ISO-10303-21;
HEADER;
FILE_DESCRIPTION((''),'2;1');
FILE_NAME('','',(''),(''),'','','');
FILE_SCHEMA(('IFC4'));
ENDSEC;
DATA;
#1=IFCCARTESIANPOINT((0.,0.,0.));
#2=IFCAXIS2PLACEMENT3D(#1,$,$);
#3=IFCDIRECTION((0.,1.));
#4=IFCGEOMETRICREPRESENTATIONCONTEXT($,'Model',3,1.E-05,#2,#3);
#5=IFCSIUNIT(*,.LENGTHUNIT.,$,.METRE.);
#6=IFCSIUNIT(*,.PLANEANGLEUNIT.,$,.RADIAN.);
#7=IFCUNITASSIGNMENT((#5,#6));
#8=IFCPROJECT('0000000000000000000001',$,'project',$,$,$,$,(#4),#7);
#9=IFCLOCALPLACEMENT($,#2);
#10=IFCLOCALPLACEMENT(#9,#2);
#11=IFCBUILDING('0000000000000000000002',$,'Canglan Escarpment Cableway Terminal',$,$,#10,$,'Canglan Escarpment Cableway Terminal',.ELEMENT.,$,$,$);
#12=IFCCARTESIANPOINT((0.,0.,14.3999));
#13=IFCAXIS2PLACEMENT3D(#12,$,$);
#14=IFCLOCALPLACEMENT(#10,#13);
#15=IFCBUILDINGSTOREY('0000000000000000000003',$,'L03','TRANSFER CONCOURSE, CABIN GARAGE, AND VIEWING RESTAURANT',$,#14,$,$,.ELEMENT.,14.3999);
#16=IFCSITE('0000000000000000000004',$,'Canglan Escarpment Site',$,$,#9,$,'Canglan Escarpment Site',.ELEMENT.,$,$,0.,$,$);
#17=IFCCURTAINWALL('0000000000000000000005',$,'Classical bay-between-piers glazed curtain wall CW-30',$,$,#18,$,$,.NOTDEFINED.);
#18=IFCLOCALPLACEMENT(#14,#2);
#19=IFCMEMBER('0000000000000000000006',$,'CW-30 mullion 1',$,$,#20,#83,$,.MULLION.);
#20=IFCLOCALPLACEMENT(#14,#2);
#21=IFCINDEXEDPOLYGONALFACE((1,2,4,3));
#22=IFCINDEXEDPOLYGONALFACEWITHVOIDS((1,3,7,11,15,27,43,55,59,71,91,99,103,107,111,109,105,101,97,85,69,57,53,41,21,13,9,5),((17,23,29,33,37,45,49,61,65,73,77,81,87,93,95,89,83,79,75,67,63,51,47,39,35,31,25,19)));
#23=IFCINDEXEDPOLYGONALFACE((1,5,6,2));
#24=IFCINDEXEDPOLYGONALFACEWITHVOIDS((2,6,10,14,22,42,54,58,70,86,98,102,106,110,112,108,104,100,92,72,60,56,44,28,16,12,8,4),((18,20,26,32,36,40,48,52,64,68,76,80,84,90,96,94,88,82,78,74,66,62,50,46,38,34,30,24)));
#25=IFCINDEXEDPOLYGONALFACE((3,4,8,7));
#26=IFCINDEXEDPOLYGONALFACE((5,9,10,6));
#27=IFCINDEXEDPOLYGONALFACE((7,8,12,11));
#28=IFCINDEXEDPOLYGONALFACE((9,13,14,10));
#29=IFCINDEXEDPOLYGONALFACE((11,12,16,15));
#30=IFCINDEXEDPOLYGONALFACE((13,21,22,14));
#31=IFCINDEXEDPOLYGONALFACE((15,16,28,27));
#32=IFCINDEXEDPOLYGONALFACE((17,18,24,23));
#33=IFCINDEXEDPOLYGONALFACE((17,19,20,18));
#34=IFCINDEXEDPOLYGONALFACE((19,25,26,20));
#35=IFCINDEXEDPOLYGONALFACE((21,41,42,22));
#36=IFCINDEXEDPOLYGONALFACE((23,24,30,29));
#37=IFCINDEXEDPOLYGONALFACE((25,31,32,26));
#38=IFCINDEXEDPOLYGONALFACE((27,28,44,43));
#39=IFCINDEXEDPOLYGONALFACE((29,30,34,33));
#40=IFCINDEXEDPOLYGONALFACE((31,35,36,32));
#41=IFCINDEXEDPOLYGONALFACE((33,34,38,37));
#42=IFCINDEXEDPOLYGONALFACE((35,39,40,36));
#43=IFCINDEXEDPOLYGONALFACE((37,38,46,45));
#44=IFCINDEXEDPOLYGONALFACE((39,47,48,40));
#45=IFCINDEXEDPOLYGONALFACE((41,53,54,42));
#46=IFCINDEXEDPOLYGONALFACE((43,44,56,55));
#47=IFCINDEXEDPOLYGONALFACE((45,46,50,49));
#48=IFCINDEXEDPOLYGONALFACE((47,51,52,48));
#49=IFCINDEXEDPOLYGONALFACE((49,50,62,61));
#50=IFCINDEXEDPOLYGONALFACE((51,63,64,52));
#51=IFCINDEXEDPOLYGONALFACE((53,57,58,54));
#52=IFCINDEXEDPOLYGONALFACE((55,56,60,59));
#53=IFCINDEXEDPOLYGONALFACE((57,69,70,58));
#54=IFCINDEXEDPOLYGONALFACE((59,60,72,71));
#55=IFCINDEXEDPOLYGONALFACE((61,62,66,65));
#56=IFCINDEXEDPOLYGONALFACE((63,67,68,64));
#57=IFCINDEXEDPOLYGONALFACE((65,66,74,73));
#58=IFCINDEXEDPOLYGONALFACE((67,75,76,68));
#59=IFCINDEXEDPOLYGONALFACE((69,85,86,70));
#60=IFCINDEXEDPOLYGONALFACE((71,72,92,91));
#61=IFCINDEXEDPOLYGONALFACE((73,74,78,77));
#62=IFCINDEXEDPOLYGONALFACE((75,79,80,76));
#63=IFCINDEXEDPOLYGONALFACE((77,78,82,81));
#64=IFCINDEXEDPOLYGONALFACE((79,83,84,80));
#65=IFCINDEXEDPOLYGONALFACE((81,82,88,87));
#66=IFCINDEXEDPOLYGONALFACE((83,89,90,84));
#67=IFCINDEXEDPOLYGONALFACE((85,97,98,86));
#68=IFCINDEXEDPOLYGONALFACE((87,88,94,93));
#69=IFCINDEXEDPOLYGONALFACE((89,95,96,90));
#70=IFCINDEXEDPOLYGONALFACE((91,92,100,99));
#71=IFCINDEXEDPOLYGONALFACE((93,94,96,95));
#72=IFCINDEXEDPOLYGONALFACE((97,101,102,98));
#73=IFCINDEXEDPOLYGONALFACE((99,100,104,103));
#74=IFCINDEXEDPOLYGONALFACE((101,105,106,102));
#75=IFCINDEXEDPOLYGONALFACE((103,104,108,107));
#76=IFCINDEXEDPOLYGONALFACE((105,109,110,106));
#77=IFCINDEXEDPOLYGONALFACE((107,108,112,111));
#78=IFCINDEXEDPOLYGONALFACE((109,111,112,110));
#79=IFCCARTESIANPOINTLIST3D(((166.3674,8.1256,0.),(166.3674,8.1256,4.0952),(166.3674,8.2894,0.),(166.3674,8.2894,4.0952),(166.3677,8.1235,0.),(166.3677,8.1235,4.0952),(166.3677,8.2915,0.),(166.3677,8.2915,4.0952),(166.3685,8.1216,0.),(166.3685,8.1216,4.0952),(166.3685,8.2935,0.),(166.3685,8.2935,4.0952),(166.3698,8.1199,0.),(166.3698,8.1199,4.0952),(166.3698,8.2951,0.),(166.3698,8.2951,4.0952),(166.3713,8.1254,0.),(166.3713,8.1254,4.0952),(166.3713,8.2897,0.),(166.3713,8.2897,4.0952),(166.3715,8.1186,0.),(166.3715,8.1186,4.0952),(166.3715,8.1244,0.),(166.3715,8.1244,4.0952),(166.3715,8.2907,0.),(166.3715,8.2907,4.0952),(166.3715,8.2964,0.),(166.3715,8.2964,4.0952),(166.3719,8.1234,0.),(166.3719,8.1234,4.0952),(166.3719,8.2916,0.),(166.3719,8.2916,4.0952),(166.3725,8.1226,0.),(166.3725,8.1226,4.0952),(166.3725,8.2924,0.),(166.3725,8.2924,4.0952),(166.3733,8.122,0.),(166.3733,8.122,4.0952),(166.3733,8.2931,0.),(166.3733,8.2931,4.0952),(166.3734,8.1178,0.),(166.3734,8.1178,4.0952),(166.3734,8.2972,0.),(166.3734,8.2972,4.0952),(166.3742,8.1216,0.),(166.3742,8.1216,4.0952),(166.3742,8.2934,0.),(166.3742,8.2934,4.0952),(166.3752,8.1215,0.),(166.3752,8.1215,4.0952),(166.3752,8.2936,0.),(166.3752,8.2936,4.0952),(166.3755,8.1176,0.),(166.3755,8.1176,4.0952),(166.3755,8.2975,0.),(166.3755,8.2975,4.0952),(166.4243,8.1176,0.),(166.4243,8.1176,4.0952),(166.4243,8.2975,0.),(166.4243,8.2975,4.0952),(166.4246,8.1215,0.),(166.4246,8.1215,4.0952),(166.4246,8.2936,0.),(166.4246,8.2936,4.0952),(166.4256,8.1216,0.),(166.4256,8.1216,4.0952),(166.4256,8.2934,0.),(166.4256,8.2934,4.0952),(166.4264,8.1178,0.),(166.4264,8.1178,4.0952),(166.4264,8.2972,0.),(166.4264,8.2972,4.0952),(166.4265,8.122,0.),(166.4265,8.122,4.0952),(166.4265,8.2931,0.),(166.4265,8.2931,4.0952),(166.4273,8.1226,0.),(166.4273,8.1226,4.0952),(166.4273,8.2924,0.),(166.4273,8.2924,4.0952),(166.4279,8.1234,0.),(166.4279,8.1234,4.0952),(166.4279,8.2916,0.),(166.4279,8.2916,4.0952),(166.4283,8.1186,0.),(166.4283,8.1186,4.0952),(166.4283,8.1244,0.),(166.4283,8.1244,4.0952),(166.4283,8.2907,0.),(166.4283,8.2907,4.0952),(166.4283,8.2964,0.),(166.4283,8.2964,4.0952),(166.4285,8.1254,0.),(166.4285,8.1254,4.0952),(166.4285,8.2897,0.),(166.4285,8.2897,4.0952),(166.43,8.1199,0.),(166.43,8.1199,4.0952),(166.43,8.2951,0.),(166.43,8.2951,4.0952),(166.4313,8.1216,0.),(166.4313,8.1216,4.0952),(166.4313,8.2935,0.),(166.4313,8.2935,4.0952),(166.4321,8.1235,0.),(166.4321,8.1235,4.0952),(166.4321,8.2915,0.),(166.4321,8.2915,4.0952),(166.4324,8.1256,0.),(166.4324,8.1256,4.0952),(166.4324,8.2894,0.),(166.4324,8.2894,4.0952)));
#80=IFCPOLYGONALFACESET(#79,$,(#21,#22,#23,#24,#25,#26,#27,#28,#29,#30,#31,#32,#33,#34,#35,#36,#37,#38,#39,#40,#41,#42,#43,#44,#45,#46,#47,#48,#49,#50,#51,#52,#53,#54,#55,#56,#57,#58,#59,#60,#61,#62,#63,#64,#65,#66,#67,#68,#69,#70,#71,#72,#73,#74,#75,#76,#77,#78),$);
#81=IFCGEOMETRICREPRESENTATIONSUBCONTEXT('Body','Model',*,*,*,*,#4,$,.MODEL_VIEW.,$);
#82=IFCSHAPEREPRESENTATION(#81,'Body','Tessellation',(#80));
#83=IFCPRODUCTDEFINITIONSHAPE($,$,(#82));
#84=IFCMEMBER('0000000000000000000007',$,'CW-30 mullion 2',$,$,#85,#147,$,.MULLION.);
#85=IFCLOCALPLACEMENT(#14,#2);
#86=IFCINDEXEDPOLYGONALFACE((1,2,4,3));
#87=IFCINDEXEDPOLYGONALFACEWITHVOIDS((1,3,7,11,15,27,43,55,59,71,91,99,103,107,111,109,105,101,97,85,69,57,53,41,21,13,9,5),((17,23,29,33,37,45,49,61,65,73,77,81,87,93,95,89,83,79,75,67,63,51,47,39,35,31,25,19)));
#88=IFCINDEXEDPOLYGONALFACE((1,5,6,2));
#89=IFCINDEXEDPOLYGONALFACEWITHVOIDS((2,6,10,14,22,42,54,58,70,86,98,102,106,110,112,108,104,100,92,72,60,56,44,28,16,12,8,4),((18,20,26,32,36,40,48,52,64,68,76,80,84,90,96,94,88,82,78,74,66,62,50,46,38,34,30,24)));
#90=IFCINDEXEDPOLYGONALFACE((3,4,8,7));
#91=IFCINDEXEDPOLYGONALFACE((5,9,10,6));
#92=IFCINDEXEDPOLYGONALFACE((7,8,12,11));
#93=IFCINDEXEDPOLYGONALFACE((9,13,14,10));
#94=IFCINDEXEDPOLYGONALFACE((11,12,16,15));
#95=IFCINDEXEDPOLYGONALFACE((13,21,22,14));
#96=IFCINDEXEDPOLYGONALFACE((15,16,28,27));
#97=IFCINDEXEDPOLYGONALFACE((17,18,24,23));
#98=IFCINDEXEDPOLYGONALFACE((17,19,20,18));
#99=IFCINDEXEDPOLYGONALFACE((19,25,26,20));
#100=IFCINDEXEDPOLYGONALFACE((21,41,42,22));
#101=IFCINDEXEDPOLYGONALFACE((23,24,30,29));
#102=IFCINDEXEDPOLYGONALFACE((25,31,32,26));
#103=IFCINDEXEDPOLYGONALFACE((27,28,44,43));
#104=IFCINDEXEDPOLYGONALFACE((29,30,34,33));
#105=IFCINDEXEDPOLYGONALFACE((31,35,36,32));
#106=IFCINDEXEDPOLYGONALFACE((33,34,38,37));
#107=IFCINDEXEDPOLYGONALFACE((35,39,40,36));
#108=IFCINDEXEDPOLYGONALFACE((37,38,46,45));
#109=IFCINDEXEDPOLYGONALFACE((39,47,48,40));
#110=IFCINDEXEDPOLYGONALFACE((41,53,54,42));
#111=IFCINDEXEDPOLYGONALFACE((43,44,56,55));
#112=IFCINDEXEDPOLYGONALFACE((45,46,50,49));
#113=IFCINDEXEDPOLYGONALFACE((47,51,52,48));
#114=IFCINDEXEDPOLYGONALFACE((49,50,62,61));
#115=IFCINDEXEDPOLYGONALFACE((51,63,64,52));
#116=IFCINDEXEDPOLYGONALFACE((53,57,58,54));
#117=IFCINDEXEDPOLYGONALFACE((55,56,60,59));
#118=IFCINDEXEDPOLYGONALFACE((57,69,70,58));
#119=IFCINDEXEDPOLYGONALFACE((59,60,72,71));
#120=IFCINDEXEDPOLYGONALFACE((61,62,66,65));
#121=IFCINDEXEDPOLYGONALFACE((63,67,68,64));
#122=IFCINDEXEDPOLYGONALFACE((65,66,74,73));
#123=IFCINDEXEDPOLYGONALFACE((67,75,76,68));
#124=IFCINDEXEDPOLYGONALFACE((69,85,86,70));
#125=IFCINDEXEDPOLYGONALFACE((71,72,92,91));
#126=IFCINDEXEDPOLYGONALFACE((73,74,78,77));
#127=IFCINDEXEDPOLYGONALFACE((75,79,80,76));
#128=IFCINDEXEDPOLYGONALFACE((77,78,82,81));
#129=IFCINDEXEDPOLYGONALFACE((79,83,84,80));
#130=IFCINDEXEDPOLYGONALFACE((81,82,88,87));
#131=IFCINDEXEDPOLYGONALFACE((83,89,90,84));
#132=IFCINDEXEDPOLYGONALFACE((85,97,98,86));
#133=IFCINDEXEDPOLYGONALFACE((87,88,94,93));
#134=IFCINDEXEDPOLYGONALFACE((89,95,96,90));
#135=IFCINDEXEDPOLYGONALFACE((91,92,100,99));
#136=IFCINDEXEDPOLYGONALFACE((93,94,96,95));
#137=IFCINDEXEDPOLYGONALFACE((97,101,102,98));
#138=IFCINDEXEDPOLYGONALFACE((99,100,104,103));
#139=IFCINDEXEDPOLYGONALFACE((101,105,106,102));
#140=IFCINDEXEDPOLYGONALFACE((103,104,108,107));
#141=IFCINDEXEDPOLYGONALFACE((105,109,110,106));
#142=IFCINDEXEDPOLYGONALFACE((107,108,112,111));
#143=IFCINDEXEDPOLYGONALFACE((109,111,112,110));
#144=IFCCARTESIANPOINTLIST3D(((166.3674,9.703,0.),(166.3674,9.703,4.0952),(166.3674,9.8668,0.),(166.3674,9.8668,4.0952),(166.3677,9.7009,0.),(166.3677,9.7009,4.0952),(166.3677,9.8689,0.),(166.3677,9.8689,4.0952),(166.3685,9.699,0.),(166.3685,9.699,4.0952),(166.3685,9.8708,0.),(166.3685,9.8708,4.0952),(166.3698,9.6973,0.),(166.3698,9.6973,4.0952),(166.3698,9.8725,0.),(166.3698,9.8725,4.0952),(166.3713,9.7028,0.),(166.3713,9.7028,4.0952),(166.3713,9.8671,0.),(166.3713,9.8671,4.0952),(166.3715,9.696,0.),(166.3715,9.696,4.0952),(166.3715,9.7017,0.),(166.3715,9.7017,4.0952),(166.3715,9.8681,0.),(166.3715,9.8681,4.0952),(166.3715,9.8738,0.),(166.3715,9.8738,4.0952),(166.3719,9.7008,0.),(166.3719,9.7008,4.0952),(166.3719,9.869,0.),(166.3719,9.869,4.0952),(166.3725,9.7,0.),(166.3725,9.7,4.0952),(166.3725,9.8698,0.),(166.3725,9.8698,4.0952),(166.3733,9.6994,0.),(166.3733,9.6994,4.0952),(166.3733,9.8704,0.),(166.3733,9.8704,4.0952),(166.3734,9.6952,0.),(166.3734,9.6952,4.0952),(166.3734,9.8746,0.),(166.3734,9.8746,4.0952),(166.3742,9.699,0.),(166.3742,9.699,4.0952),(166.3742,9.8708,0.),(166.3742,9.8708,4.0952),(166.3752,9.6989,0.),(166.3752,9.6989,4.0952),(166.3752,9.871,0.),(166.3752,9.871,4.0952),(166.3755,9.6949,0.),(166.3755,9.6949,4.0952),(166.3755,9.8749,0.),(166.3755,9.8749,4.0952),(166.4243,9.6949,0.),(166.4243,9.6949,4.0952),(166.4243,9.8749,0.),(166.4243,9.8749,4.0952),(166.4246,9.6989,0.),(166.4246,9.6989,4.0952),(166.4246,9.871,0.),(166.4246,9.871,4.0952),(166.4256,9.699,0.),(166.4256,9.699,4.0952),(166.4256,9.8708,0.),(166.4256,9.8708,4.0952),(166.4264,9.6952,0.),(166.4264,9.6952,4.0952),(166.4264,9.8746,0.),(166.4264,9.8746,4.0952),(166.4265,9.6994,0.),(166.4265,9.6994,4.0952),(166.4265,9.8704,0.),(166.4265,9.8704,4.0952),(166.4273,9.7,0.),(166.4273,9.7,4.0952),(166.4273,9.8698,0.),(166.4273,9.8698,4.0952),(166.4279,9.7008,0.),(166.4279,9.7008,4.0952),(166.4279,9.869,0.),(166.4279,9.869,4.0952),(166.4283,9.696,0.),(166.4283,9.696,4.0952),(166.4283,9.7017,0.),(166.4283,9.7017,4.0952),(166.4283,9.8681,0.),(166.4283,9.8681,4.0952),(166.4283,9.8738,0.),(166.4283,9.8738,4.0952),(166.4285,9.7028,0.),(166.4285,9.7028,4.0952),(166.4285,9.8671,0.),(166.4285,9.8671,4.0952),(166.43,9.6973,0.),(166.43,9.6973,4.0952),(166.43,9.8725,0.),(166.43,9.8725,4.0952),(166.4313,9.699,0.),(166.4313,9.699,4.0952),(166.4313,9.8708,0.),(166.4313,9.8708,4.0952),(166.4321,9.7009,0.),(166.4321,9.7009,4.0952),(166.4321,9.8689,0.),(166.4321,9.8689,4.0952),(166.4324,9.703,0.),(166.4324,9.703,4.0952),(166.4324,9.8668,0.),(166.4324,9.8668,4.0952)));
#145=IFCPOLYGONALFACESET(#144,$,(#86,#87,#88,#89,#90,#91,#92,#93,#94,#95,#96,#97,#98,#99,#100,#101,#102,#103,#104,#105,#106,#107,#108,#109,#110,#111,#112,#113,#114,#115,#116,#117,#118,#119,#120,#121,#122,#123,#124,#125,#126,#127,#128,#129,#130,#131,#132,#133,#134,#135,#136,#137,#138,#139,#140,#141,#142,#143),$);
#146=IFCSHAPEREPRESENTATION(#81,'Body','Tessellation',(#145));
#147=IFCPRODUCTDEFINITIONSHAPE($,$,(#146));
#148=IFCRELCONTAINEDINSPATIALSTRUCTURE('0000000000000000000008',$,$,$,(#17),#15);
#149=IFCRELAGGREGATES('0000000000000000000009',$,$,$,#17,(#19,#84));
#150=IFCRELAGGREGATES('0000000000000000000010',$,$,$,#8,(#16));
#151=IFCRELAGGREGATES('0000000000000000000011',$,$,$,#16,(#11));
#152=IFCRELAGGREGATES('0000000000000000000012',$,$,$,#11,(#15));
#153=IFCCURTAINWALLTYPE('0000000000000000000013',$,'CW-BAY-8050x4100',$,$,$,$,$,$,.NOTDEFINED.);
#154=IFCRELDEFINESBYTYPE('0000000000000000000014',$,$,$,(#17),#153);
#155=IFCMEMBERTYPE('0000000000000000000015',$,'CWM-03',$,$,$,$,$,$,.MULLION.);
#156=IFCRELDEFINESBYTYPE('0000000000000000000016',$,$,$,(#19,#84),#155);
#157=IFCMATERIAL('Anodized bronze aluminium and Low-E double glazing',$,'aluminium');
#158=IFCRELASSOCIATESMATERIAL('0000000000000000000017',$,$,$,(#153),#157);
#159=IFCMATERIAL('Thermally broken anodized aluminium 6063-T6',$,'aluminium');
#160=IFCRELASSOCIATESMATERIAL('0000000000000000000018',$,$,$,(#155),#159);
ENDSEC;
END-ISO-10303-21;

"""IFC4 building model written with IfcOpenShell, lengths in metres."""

from ifc_helpers import new_model, si_unit, direction, frame, origin, origin_2d, place, context, subcontext, project, spatial, hollow_rectangle, extrude, material, material_profile, profile_set, type_object, element, aggregate, save


model = new_model("IFC4")

# Units and contexts
model_context = context("Model", 3, precision=1e-05, world=origin(), true_north=direction((0.0, 1.0)))
body_context = subcontext(model_context, "Body", "Model", "MODEL_VIEW")
ifc_project = project(units=[si_unit("LENGTHUNIT", "METRE"), si_unit("PLANEANGLEUNIT", "RADIAN")], contexts=[model_context])

# Site, building, storey
site_placement = place(None, origin())
site = spatial("IfcSite", under=ifc_project, at=site_placement, Name="Canglan Escarpment Site", LongName="Canglan Escarpment Site", CompositionType="ELEMENT", RefElevation=0.0)
building_placement = place(site_placement, origin())
building = spatial("IfcBuilding", under=site, at=building_placement, Name="Canglan Escarpment Cableway Terminal", LongName="Canglan Escarpment Cableway Terminal", CompositionType="ELEMENT")
storey_placement = place(building_placement, frame((0.0, 0.0, 14.3999)))
storey = spatial("IfcBuildingStorey", under=building, at=storey_placement, Name="L03", Description="TRANSFER CONCOURSE, CABIN GARAGE, AND VIEWING RESTAURANT", CompositionType="ELEMENT", Elevation=14.3999)

# Shared definitions
ifc_material_1 = material(Name="Anodized bronze aluminium and Low-E double glazing", Category="aluminium")
ifc_material_2 = material(Name="Thermally broken anodized aluminium 6063-T6", Category="aluminium")

# Curtain wall, members
curtain_wall_type_1 = type_object("IfcCurtainWallType", Name="CW-BAY-8050x4100", PredefinedType="NOTDEFINED", material=ifc_material_1)
curtain_wall_1_placement = place(storey_placement, origin())
curtain_wall_1 = element("IfcCurtainWall", 1, at=curtain_wall_1_placement, inside=storey, type_object=curtain_wall_type_1, Name="Classical bay-between-piers glazed curtain wall CW-30", PredefinedType="NOTDEFINED")
ifc_material_profile_1 = material_profile(ifc_material_2, hollow_rectangle(XDim=0.0649, YDim=0.1799, WallThickness=0.0039, InnerFilletRadius=0.0039, OuterFilletRadius=0.0081, at=origin_2d()), Name="ALU-MULL 65x180x4")
ifc_profile_set_1 = profile_set([ifc_material_profile_1], Name="Thermally broken anodized aluminium 6063-T6")
member_type_1 = type_object("IfcMemberType", Name="CWM-03", PredefinedType="MULLION", material=ifc_profile_set_1)
member_1_placement = place(storey_placement, frame((166.3999, 8.2075, 0.0), z_axis=(0.0, 0.0, 1.0), x_axis=(-1.0, 0.0, 0.0)))
member_1 = element("IfcMember", 2, at=member_1_placement, type_object=member_type_1, Name="CW-30 mullion 1", PredefinedType="MULLION", context=body_context, shape_type="SweptSolid", body=[
    extrude(hollow_rectangle(XDim=0.0649, YDim=0.1799, WallThickness=0.0039, InnerFilletRadius=0.0039, OuterFilletRadius=0.0081, at=origin_2d()), origin(), (0.0, 0.0, 1.0), 4.0952),
])
member_2_placement = place(storey_placement, frame((166.3999, 9.7849, 0.0), z_axis=(0.0, 0.0, 1.0), x_axis=(-1.0, 0.0, 0.0)))
member_2 = element("IfcMember", 3, at=member_2_placement, type_object=member_type_1, Name="CW-30 mullion 2", PredefinedType="MULLION", context=body_context, shape_type="SweptSolid", body=[
    extrude(hollow_rectangle(XDim=0.0649, YDim=0.1799, WallThickness=0.0039, InnerFilletRadius=0.0039, OuterFilletRadius=0.0081, at=origin_2d()), origin(), (0.0, 0.0, 1.0), 4.0952),
])
aggregate(curtain_wall_1, [member_1, member_2])

save(model, "model.ifc")
